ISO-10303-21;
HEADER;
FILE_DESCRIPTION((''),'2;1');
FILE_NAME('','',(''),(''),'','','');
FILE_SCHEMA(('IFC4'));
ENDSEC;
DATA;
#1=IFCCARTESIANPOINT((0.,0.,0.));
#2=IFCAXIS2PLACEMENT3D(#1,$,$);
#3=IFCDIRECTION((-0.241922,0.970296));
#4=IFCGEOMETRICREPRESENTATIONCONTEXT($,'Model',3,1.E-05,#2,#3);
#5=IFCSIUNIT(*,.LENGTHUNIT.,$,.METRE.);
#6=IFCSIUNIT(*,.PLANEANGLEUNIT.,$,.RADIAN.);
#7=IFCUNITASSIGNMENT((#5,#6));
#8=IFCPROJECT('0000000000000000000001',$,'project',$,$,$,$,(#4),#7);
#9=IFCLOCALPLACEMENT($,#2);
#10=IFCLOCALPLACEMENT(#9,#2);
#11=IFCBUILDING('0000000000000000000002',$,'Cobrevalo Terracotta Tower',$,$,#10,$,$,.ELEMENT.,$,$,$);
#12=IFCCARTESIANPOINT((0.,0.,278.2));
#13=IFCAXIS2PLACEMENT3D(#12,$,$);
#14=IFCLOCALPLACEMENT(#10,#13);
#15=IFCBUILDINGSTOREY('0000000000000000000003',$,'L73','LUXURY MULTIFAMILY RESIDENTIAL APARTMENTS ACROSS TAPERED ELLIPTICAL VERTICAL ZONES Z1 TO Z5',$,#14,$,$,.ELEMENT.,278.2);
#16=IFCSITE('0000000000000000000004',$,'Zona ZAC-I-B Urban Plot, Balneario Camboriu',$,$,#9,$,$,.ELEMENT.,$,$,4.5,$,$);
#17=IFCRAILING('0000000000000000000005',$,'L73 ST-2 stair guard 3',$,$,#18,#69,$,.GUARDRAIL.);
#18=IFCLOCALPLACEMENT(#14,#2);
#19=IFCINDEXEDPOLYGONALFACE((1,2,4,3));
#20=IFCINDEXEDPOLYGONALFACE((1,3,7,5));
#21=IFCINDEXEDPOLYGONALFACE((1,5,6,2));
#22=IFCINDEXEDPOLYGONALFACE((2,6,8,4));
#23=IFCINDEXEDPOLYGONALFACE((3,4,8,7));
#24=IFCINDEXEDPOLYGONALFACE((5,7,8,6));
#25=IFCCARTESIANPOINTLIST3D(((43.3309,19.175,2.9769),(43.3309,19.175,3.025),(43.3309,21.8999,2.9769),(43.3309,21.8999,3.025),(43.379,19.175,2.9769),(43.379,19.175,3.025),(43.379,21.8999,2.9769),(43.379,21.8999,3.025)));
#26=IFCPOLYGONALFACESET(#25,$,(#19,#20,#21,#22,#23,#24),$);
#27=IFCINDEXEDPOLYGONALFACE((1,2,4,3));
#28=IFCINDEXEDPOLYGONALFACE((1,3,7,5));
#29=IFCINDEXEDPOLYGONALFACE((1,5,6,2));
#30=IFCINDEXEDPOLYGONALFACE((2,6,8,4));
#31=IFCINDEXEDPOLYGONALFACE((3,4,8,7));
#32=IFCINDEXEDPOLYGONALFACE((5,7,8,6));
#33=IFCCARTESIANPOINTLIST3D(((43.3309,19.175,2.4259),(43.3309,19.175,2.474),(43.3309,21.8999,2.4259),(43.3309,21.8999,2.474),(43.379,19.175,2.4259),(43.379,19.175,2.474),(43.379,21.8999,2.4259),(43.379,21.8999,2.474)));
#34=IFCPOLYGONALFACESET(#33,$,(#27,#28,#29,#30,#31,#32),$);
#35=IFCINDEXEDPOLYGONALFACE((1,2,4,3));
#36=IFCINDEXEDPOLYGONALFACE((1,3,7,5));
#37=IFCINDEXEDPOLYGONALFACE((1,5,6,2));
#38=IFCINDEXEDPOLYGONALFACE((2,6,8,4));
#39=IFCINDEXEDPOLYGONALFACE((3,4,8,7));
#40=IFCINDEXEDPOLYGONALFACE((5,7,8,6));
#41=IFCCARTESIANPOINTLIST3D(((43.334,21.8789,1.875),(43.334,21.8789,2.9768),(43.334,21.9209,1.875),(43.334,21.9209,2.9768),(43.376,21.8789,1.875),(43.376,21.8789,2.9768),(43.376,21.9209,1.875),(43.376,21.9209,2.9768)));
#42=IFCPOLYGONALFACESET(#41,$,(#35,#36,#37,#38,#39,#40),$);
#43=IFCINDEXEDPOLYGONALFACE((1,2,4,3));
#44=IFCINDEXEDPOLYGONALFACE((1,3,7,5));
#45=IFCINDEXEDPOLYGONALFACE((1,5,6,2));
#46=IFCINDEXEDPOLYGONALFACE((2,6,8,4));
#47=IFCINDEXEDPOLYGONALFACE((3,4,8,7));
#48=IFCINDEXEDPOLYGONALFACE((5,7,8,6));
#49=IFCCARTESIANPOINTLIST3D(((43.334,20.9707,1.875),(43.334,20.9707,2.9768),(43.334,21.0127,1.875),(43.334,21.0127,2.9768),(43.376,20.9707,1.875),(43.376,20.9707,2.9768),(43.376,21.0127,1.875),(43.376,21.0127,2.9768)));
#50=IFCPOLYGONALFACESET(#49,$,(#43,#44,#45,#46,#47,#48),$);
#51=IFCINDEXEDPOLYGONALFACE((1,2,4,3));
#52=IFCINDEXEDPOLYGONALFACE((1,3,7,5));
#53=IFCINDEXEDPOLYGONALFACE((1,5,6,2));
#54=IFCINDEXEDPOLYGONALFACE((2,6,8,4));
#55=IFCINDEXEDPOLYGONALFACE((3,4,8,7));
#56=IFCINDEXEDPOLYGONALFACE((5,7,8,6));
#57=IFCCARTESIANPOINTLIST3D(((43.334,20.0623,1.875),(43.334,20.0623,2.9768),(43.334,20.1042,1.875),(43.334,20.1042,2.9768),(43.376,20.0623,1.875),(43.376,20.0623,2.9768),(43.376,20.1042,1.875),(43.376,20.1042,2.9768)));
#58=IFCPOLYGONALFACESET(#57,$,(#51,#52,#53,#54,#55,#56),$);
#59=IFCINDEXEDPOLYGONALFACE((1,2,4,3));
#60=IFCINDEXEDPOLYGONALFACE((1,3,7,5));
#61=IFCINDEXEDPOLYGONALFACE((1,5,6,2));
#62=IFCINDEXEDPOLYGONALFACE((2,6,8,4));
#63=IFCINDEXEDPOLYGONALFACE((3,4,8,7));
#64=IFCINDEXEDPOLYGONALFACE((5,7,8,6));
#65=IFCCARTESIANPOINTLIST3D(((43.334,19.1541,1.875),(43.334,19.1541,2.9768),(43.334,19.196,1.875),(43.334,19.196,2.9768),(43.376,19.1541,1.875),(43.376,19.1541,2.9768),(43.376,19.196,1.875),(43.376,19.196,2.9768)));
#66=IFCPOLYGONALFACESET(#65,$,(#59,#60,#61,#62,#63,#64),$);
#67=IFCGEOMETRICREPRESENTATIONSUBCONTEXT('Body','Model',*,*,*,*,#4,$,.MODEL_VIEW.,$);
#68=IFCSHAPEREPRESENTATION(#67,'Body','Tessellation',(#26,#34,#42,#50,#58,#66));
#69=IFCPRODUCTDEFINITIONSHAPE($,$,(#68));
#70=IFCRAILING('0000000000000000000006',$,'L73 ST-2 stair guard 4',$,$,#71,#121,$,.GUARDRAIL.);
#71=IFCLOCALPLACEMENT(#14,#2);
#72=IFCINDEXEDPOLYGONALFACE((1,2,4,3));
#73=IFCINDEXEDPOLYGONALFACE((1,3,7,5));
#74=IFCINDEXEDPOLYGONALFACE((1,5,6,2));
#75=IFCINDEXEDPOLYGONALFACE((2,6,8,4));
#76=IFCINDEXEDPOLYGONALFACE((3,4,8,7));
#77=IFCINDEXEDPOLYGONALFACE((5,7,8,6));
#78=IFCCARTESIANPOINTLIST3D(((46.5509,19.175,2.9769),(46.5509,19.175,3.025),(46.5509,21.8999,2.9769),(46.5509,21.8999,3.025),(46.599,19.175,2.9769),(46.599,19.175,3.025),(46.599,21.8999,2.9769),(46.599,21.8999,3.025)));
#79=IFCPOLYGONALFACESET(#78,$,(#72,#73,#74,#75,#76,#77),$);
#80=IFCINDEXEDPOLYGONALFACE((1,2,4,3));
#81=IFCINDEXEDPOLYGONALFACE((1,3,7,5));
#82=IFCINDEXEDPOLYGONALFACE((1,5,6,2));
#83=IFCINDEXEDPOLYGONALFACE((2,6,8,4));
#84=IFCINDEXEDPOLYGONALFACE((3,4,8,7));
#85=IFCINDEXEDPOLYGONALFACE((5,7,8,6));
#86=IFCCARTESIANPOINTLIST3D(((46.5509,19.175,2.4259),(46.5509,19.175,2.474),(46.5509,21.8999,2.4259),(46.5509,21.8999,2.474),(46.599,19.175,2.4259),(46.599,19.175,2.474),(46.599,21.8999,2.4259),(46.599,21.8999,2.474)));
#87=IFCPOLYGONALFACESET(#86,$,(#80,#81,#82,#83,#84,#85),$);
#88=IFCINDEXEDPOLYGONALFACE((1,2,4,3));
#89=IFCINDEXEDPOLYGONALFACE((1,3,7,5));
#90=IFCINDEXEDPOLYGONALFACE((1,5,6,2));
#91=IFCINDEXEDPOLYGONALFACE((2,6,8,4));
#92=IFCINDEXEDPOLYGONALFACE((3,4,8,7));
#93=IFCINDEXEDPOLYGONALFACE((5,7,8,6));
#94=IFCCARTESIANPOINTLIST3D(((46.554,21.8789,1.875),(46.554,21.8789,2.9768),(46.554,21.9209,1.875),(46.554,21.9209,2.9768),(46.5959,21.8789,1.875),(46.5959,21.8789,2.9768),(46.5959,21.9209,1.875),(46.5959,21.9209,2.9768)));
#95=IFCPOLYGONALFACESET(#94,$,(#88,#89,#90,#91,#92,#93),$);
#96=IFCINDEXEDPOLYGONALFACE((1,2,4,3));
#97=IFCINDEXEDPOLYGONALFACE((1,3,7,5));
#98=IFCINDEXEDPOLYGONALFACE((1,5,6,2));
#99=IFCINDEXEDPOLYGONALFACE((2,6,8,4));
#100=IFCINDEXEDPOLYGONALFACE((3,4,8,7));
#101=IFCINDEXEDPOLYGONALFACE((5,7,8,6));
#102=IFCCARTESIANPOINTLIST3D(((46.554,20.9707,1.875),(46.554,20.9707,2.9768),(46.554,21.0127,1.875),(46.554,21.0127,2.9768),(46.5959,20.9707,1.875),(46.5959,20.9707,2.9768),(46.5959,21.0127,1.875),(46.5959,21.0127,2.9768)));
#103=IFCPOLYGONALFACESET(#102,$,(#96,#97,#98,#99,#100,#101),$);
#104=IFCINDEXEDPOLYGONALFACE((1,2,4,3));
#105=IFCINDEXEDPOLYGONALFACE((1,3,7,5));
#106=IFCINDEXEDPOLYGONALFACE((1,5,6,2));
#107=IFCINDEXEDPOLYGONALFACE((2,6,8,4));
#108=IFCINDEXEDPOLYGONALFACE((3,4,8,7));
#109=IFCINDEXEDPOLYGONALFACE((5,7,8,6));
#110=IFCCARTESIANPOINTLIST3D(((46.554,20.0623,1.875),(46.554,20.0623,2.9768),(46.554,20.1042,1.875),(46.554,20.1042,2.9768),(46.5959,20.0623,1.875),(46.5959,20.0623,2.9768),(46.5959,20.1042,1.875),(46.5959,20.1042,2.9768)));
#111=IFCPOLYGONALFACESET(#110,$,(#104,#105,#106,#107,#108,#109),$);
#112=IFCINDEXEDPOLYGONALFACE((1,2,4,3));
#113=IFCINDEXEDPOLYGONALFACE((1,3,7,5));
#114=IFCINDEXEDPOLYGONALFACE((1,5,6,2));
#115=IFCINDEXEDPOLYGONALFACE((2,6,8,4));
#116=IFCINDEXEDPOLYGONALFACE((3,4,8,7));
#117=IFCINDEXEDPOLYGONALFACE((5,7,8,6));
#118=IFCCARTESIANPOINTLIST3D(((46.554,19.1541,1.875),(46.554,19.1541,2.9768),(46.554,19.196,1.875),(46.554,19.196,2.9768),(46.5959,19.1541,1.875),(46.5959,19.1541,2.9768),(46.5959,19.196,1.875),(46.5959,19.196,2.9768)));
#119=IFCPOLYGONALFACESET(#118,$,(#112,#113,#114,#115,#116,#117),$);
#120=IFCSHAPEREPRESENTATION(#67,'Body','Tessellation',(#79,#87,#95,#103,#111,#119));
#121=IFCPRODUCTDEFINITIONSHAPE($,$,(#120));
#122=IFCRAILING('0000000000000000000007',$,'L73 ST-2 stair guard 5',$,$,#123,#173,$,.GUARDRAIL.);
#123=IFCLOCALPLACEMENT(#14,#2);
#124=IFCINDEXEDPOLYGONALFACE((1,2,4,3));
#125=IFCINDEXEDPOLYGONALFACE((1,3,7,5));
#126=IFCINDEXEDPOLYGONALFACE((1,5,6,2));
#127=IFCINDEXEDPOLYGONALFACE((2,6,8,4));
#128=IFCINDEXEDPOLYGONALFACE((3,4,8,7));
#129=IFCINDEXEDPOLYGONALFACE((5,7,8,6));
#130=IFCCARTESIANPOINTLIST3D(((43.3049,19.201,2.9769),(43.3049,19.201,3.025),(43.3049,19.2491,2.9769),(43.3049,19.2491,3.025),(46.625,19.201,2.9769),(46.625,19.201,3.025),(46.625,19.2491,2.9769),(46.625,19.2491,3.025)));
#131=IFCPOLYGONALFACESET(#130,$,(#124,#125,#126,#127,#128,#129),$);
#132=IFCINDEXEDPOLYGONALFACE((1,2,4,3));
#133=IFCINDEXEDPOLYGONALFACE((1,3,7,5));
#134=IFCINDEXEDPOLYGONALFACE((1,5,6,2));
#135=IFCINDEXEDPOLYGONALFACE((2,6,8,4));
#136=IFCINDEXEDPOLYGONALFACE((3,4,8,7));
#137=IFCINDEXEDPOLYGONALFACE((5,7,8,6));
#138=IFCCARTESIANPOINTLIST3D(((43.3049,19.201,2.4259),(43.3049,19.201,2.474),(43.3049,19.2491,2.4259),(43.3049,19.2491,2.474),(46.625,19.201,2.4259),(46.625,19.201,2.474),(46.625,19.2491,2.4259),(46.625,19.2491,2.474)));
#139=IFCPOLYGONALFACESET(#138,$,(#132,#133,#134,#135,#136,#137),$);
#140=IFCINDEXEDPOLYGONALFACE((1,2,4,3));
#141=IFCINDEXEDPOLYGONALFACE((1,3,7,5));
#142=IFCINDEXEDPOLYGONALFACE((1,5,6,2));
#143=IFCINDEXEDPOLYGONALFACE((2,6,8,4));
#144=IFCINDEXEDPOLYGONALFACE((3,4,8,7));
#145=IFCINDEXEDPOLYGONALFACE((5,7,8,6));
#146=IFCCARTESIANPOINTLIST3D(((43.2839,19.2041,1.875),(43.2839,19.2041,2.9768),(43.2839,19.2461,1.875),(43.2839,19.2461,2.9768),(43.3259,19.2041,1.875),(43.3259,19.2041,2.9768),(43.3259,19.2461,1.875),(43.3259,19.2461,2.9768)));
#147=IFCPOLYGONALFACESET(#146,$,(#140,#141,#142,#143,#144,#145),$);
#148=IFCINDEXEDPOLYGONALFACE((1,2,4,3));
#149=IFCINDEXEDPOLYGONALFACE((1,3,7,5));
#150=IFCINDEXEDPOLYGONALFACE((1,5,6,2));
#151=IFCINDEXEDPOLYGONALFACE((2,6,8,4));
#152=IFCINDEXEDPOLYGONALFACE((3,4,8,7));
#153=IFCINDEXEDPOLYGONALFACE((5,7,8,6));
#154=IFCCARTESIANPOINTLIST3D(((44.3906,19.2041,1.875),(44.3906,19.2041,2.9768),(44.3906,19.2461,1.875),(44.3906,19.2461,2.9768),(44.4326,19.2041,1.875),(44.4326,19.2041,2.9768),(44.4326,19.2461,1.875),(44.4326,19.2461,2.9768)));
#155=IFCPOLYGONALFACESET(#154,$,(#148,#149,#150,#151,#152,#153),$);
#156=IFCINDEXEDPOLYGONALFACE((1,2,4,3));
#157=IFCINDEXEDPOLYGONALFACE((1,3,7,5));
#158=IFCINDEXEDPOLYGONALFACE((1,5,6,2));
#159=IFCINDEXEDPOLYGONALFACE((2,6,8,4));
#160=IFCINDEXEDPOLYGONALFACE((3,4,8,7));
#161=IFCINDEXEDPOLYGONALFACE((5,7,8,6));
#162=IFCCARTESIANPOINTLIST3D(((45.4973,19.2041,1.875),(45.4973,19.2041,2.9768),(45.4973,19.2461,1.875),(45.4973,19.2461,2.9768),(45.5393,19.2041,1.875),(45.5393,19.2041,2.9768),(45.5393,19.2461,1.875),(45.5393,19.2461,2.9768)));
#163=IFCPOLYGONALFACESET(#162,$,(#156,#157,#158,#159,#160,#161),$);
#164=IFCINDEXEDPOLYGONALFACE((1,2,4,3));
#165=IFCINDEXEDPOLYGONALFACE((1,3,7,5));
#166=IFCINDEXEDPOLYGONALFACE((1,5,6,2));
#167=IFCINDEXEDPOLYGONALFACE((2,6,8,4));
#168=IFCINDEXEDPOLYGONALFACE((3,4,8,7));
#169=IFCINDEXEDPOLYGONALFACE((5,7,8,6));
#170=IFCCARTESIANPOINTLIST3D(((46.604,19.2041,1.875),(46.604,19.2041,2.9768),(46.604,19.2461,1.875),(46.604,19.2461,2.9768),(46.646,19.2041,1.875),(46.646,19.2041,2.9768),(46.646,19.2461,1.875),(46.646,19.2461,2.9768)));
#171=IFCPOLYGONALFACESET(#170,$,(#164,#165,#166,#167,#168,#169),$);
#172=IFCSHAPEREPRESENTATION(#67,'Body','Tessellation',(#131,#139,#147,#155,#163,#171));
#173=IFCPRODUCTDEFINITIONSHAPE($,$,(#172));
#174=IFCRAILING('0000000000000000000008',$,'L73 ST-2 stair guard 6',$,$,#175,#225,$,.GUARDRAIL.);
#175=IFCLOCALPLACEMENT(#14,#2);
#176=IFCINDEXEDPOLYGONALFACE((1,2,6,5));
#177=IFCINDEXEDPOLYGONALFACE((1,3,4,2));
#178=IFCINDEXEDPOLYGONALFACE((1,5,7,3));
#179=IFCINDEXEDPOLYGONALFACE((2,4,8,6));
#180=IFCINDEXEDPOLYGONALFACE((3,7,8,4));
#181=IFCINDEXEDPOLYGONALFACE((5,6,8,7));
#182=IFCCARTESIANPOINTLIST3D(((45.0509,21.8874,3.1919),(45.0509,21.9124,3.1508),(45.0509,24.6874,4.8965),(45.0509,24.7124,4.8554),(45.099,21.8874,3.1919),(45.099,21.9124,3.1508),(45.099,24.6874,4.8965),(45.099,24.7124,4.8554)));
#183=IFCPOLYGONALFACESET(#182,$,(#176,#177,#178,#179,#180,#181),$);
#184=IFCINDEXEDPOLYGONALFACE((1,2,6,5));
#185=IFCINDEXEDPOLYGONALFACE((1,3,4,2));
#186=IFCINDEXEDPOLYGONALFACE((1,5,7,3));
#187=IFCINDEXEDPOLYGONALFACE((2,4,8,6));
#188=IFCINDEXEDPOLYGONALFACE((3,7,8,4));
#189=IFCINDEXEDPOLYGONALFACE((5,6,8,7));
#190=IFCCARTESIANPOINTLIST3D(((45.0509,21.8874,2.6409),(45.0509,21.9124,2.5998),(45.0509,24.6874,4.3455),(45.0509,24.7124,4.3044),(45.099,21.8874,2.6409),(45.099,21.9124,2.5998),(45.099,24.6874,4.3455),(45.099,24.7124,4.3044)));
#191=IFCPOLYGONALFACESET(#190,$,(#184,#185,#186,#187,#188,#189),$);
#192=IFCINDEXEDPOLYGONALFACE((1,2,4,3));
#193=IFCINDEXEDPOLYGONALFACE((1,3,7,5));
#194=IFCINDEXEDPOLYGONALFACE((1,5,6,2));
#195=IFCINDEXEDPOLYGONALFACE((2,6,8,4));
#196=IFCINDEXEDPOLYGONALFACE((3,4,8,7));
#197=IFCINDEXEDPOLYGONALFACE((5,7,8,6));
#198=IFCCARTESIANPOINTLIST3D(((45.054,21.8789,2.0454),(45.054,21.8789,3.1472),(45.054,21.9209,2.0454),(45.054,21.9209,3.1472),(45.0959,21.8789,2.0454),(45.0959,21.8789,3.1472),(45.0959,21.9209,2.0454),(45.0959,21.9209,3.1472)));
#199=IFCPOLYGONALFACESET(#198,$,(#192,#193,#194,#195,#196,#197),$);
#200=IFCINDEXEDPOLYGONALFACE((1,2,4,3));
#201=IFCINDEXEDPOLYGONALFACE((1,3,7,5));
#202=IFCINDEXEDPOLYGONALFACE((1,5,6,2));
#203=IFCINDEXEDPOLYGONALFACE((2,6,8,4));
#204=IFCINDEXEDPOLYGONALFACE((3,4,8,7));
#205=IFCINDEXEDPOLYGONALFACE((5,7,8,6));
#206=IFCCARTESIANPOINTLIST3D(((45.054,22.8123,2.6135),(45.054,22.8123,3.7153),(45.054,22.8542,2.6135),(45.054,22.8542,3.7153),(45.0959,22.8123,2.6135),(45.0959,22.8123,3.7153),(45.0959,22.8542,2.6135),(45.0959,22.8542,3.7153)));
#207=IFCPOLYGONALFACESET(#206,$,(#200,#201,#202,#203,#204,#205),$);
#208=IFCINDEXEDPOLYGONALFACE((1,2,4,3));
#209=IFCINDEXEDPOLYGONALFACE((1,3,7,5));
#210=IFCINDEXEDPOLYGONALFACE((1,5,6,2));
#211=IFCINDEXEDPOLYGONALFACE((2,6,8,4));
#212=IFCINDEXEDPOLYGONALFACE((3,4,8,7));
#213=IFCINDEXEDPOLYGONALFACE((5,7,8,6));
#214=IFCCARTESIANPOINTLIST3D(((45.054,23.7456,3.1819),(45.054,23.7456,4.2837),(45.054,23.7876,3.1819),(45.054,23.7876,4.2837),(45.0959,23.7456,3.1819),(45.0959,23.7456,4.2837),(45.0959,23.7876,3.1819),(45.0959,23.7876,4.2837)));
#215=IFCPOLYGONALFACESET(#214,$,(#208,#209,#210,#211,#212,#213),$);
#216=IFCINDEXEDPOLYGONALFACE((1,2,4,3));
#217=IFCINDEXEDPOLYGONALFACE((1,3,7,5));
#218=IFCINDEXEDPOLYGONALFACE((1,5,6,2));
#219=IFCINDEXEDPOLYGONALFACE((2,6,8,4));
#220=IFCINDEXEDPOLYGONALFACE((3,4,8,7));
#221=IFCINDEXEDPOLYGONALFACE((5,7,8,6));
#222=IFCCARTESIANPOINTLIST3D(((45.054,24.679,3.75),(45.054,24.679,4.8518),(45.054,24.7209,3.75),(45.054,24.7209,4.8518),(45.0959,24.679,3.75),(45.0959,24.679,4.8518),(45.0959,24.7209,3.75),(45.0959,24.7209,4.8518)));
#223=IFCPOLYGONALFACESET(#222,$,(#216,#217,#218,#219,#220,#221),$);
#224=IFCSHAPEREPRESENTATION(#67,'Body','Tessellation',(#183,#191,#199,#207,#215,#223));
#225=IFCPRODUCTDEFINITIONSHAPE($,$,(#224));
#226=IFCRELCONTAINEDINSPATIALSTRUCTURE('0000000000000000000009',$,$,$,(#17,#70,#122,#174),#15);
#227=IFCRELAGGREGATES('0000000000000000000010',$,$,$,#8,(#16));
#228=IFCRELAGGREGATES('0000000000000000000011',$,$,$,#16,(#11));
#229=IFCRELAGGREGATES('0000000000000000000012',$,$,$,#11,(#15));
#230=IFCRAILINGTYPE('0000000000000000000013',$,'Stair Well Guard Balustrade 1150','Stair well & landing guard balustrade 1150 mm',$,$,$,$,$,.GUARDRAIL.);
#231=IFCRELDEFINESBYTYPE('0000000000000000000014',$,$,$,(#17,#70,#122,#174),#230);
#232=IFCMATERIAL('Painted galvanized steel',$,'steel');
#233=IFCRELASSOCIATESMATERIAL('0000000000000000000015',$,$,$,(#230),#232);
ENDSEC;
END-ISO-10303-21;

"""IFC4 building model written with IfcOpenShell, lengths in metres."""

from ifc_helpers import new_model, si_unit, direction, frame, origin, origin_2d, place, context, subcontext, project, spatial, rectangle, extrude, material, type_object, element, save


model = new_model("IFC4")

# Units and contexts
model_context = context("Model", 3, precision=1e-05, world=origin(), true_north=direction((-0.241922, 0.970296)))
body_context = subcontext(model_context, "Body", "Model", "MODEL_VIEW")
ifc_project = project(units=[si_unit("LENGTHUNIT", "METRE"), si_unit("PLANEANGLEUNIT", "RADIAN")], contexts=[model_context])

# Site, building, storey
site_placement = place(None, origin())
site = spatial("IfcSite", under=ifc_project, at=site_placement, Name="Zona ZAC-I-B Urban Plot, Balneario Camboriu", CompositionType="ELEMENT", RefElevation=4.5)
building_placement = place(site_placement, origin())
building = spatial("IfcBuilding", under=site, at=building_placement, Name="Cobrevalo Terracotta Tower", CompositionType="ELEMENT")
storey_placement = place(building_placement, frame((0.0, 0.0, 278.2)))
storey = spatial("IfcBuildingStorey", under=building, at=storey_placement, Name="L73", Description="LUXURY MULTIFAMILY RESIDENTIAL APARTMENTS ACROSS TAPERED ELLIPTICAL VERTICAL ZONES Z1 TO Z5", CompositionType="ELEMENT", Elevation=278.2)

# Railings
ifc_material_1 = material(Name="Painted galvanized steel", Category="steel")
railing_type_1 = type_object("IfcRailingType", Name="Stair Well Guard Balustrade 1150", Description="Stair well & landing guard balustrade 1150 mm", PredefinedType="GUARDRAIL", material=ifc_material_1)
for number, where, name in (
    (1, (43.355, 21.8999, 1.875), "L73 ST-2 stair guard 3"),
    (2, (46.575, 21.8999, 1.875), "L73 ST-2 stair guard 4"),
):
    element("IfcRailing", number, at=place(storey_placement, frame(where)), inside=storey, type_object=railing_type_1, Name=name, PredefinedType="GUARDRAIL", context=body_context, shape_type="SweptSolid", body=[
        extrude(rectangle(XDim=0.0481, YDim=0.0481, at=origin_2d()), frame((0.0, 0.0, 1.126), z_axis=(0.0, -1.0, 0.0), x_axis=(1.0, 0.0, 0.0)), (0.0, 0.0, 1.0), 2.7249),
        extrude(rectangle(XDim=0.0481, YDim=0.0481, at=origin_2d()), frame((0.0, 0.0, 0.575), z_axis=(0.0, -1.0, 0.0), x_axis=(1.0, 0.0, 0.0)), (0.0, 0.0, 1.0), 2.7249),
        extrude(rectangle(XDim=0.042, YDim=0.042, at=origin_2d()), origin(), (0.0, 0.0, 1.0), 1.1018),
        extrude(rectangle(XDim=0.042, YDim=0.042, at=origin_2d()), frame((0.0, -0.9082, 0.0)), (0.0, 0.0, 1.0), 1.1018),
        extrude(rectangle(XDim=0.042, YDim=0.042, at=origin_2d()), frame((0.0, -1.8167, 0.0)), (0.0, 0.0, 1.0), 1.1018),
        extrude(rectangle(XDim=0.042, YDim=0.042, at=origin_2d()), frame((0.0, -2.7249, 0.0)), (0.0, 0.0, 1.0), 1.1018),
    ])
railing_1_placement = place(storey_placement, frame((43.3049, 19.2251, 1.875)))
element("IfcRailing", 3, at=railing_1_placement, inside=storey, type_object=railing_type_1, Name="L73 ST-2 stair guard 5", PredefinedType="GUARDRAIL", context=body_context, shape_type="SweptSolid", body=[
    extrude(rectangle(XDim=0.0481, YDim=0.0481, at=origin_2d()), frame((0.0, 0.0, 1.126), z_axis=(1.0, 0.0, 0.0), x_axis=(0.0, 1.0, 0.0)), (0.0, 0.0, 1.0), 3.3201),
    extrude(rectangle(XDim=0.0481, YDim=0.0481, at=origin_2d()), frame((0.0, 0.0, 0.575), z_axis=(1.0, 0.0, 0.0), x_axis=(0.0, 1.0, 0.0)), (0.0, 0.0, 1.0), 3.3201),
    extrude(rectangle(XDim=0.042, YDim=0.042, at=origin_2d()), origin(), (0.0, 0.0, 1.0), 1.1018),
    extrude(rectangle(XDim=0.042, YDim=0.042, at=origin_2d()), frame((1.1067, 0.0, 0.0)), (0.0, 0.0, 1.0), 1.1018),
    extrude(rectangle(XDim=0.042, YDim=0.042, at=origin_2d()), frame((2.2134, 0.0, 0.0)), (0.0, 0.0, 1.0), 1.1018),
    extrude(rectangle(XDim=0.042, YDim=0.042, at=origin_2d()), frame((3.3201, 0.0, 0.0)), (0.0, 0.0, 1.0), 1.1018),
])
railing_2_placement = place(storey_placement, frame((45.075, 21.8999, 2.0454)))
element("IfcRailing", 4, at=railing_2_placement, inside=storey, type_object=railing_type_1, Name="L73 ST-2 stair guard 6", PredefinedType="GUARDRAIL", context=body_context, shape_type="SweptSolid", body=[
    extrude(rectangle(XDim=0.0481, YDim=0.0481, at=origin_2d()), frame((0.0, 0.0, 1.126), z_axis=(0.0, 0.85417, 0.519994), x_axis=(-1.0, 0.0, 0.0)), (0.0, 0.0, 1.0), 3.2781),
    extrude(rectangle(XDim=0.0481, YDim=0.0481, at=origin_2d()), frame((0.0, 0.0, 0.575), z_axis=(0.0, 0.85417, 0.519994), x_axis=(-1.0, 0.0, 0.0)), (0.0, 0.0, 1.0), 3.2781),
    extrude(rectangle(XDim=0.042, YDim=0.042, at=origin_2d()), origin(), (0.0, 0.0, 1.0), 1.1018),
    extrude(rectangle(XDim=0.042, YDim=0.042, at=origin_2d()), frame((0.0, 0.9333, 0.5681)), (0.0, 0.0, 1.0), 1.1018),
    extrude(rectangle(XDim=0.042, YDim=0.042, at=origin_2d()), frame((0.0, 1.8667, 1.1365)), (0.0, 0.0, 1.0), 1.1018),
    extrude(rectangle(XDim=0.042, YDim=0.042, at=origin_2d()), frame((0.0, 2.8, 1.7046)), (0.0, 0.0, 1.0), 1.1018),
])

save(model, "model.ifc")
